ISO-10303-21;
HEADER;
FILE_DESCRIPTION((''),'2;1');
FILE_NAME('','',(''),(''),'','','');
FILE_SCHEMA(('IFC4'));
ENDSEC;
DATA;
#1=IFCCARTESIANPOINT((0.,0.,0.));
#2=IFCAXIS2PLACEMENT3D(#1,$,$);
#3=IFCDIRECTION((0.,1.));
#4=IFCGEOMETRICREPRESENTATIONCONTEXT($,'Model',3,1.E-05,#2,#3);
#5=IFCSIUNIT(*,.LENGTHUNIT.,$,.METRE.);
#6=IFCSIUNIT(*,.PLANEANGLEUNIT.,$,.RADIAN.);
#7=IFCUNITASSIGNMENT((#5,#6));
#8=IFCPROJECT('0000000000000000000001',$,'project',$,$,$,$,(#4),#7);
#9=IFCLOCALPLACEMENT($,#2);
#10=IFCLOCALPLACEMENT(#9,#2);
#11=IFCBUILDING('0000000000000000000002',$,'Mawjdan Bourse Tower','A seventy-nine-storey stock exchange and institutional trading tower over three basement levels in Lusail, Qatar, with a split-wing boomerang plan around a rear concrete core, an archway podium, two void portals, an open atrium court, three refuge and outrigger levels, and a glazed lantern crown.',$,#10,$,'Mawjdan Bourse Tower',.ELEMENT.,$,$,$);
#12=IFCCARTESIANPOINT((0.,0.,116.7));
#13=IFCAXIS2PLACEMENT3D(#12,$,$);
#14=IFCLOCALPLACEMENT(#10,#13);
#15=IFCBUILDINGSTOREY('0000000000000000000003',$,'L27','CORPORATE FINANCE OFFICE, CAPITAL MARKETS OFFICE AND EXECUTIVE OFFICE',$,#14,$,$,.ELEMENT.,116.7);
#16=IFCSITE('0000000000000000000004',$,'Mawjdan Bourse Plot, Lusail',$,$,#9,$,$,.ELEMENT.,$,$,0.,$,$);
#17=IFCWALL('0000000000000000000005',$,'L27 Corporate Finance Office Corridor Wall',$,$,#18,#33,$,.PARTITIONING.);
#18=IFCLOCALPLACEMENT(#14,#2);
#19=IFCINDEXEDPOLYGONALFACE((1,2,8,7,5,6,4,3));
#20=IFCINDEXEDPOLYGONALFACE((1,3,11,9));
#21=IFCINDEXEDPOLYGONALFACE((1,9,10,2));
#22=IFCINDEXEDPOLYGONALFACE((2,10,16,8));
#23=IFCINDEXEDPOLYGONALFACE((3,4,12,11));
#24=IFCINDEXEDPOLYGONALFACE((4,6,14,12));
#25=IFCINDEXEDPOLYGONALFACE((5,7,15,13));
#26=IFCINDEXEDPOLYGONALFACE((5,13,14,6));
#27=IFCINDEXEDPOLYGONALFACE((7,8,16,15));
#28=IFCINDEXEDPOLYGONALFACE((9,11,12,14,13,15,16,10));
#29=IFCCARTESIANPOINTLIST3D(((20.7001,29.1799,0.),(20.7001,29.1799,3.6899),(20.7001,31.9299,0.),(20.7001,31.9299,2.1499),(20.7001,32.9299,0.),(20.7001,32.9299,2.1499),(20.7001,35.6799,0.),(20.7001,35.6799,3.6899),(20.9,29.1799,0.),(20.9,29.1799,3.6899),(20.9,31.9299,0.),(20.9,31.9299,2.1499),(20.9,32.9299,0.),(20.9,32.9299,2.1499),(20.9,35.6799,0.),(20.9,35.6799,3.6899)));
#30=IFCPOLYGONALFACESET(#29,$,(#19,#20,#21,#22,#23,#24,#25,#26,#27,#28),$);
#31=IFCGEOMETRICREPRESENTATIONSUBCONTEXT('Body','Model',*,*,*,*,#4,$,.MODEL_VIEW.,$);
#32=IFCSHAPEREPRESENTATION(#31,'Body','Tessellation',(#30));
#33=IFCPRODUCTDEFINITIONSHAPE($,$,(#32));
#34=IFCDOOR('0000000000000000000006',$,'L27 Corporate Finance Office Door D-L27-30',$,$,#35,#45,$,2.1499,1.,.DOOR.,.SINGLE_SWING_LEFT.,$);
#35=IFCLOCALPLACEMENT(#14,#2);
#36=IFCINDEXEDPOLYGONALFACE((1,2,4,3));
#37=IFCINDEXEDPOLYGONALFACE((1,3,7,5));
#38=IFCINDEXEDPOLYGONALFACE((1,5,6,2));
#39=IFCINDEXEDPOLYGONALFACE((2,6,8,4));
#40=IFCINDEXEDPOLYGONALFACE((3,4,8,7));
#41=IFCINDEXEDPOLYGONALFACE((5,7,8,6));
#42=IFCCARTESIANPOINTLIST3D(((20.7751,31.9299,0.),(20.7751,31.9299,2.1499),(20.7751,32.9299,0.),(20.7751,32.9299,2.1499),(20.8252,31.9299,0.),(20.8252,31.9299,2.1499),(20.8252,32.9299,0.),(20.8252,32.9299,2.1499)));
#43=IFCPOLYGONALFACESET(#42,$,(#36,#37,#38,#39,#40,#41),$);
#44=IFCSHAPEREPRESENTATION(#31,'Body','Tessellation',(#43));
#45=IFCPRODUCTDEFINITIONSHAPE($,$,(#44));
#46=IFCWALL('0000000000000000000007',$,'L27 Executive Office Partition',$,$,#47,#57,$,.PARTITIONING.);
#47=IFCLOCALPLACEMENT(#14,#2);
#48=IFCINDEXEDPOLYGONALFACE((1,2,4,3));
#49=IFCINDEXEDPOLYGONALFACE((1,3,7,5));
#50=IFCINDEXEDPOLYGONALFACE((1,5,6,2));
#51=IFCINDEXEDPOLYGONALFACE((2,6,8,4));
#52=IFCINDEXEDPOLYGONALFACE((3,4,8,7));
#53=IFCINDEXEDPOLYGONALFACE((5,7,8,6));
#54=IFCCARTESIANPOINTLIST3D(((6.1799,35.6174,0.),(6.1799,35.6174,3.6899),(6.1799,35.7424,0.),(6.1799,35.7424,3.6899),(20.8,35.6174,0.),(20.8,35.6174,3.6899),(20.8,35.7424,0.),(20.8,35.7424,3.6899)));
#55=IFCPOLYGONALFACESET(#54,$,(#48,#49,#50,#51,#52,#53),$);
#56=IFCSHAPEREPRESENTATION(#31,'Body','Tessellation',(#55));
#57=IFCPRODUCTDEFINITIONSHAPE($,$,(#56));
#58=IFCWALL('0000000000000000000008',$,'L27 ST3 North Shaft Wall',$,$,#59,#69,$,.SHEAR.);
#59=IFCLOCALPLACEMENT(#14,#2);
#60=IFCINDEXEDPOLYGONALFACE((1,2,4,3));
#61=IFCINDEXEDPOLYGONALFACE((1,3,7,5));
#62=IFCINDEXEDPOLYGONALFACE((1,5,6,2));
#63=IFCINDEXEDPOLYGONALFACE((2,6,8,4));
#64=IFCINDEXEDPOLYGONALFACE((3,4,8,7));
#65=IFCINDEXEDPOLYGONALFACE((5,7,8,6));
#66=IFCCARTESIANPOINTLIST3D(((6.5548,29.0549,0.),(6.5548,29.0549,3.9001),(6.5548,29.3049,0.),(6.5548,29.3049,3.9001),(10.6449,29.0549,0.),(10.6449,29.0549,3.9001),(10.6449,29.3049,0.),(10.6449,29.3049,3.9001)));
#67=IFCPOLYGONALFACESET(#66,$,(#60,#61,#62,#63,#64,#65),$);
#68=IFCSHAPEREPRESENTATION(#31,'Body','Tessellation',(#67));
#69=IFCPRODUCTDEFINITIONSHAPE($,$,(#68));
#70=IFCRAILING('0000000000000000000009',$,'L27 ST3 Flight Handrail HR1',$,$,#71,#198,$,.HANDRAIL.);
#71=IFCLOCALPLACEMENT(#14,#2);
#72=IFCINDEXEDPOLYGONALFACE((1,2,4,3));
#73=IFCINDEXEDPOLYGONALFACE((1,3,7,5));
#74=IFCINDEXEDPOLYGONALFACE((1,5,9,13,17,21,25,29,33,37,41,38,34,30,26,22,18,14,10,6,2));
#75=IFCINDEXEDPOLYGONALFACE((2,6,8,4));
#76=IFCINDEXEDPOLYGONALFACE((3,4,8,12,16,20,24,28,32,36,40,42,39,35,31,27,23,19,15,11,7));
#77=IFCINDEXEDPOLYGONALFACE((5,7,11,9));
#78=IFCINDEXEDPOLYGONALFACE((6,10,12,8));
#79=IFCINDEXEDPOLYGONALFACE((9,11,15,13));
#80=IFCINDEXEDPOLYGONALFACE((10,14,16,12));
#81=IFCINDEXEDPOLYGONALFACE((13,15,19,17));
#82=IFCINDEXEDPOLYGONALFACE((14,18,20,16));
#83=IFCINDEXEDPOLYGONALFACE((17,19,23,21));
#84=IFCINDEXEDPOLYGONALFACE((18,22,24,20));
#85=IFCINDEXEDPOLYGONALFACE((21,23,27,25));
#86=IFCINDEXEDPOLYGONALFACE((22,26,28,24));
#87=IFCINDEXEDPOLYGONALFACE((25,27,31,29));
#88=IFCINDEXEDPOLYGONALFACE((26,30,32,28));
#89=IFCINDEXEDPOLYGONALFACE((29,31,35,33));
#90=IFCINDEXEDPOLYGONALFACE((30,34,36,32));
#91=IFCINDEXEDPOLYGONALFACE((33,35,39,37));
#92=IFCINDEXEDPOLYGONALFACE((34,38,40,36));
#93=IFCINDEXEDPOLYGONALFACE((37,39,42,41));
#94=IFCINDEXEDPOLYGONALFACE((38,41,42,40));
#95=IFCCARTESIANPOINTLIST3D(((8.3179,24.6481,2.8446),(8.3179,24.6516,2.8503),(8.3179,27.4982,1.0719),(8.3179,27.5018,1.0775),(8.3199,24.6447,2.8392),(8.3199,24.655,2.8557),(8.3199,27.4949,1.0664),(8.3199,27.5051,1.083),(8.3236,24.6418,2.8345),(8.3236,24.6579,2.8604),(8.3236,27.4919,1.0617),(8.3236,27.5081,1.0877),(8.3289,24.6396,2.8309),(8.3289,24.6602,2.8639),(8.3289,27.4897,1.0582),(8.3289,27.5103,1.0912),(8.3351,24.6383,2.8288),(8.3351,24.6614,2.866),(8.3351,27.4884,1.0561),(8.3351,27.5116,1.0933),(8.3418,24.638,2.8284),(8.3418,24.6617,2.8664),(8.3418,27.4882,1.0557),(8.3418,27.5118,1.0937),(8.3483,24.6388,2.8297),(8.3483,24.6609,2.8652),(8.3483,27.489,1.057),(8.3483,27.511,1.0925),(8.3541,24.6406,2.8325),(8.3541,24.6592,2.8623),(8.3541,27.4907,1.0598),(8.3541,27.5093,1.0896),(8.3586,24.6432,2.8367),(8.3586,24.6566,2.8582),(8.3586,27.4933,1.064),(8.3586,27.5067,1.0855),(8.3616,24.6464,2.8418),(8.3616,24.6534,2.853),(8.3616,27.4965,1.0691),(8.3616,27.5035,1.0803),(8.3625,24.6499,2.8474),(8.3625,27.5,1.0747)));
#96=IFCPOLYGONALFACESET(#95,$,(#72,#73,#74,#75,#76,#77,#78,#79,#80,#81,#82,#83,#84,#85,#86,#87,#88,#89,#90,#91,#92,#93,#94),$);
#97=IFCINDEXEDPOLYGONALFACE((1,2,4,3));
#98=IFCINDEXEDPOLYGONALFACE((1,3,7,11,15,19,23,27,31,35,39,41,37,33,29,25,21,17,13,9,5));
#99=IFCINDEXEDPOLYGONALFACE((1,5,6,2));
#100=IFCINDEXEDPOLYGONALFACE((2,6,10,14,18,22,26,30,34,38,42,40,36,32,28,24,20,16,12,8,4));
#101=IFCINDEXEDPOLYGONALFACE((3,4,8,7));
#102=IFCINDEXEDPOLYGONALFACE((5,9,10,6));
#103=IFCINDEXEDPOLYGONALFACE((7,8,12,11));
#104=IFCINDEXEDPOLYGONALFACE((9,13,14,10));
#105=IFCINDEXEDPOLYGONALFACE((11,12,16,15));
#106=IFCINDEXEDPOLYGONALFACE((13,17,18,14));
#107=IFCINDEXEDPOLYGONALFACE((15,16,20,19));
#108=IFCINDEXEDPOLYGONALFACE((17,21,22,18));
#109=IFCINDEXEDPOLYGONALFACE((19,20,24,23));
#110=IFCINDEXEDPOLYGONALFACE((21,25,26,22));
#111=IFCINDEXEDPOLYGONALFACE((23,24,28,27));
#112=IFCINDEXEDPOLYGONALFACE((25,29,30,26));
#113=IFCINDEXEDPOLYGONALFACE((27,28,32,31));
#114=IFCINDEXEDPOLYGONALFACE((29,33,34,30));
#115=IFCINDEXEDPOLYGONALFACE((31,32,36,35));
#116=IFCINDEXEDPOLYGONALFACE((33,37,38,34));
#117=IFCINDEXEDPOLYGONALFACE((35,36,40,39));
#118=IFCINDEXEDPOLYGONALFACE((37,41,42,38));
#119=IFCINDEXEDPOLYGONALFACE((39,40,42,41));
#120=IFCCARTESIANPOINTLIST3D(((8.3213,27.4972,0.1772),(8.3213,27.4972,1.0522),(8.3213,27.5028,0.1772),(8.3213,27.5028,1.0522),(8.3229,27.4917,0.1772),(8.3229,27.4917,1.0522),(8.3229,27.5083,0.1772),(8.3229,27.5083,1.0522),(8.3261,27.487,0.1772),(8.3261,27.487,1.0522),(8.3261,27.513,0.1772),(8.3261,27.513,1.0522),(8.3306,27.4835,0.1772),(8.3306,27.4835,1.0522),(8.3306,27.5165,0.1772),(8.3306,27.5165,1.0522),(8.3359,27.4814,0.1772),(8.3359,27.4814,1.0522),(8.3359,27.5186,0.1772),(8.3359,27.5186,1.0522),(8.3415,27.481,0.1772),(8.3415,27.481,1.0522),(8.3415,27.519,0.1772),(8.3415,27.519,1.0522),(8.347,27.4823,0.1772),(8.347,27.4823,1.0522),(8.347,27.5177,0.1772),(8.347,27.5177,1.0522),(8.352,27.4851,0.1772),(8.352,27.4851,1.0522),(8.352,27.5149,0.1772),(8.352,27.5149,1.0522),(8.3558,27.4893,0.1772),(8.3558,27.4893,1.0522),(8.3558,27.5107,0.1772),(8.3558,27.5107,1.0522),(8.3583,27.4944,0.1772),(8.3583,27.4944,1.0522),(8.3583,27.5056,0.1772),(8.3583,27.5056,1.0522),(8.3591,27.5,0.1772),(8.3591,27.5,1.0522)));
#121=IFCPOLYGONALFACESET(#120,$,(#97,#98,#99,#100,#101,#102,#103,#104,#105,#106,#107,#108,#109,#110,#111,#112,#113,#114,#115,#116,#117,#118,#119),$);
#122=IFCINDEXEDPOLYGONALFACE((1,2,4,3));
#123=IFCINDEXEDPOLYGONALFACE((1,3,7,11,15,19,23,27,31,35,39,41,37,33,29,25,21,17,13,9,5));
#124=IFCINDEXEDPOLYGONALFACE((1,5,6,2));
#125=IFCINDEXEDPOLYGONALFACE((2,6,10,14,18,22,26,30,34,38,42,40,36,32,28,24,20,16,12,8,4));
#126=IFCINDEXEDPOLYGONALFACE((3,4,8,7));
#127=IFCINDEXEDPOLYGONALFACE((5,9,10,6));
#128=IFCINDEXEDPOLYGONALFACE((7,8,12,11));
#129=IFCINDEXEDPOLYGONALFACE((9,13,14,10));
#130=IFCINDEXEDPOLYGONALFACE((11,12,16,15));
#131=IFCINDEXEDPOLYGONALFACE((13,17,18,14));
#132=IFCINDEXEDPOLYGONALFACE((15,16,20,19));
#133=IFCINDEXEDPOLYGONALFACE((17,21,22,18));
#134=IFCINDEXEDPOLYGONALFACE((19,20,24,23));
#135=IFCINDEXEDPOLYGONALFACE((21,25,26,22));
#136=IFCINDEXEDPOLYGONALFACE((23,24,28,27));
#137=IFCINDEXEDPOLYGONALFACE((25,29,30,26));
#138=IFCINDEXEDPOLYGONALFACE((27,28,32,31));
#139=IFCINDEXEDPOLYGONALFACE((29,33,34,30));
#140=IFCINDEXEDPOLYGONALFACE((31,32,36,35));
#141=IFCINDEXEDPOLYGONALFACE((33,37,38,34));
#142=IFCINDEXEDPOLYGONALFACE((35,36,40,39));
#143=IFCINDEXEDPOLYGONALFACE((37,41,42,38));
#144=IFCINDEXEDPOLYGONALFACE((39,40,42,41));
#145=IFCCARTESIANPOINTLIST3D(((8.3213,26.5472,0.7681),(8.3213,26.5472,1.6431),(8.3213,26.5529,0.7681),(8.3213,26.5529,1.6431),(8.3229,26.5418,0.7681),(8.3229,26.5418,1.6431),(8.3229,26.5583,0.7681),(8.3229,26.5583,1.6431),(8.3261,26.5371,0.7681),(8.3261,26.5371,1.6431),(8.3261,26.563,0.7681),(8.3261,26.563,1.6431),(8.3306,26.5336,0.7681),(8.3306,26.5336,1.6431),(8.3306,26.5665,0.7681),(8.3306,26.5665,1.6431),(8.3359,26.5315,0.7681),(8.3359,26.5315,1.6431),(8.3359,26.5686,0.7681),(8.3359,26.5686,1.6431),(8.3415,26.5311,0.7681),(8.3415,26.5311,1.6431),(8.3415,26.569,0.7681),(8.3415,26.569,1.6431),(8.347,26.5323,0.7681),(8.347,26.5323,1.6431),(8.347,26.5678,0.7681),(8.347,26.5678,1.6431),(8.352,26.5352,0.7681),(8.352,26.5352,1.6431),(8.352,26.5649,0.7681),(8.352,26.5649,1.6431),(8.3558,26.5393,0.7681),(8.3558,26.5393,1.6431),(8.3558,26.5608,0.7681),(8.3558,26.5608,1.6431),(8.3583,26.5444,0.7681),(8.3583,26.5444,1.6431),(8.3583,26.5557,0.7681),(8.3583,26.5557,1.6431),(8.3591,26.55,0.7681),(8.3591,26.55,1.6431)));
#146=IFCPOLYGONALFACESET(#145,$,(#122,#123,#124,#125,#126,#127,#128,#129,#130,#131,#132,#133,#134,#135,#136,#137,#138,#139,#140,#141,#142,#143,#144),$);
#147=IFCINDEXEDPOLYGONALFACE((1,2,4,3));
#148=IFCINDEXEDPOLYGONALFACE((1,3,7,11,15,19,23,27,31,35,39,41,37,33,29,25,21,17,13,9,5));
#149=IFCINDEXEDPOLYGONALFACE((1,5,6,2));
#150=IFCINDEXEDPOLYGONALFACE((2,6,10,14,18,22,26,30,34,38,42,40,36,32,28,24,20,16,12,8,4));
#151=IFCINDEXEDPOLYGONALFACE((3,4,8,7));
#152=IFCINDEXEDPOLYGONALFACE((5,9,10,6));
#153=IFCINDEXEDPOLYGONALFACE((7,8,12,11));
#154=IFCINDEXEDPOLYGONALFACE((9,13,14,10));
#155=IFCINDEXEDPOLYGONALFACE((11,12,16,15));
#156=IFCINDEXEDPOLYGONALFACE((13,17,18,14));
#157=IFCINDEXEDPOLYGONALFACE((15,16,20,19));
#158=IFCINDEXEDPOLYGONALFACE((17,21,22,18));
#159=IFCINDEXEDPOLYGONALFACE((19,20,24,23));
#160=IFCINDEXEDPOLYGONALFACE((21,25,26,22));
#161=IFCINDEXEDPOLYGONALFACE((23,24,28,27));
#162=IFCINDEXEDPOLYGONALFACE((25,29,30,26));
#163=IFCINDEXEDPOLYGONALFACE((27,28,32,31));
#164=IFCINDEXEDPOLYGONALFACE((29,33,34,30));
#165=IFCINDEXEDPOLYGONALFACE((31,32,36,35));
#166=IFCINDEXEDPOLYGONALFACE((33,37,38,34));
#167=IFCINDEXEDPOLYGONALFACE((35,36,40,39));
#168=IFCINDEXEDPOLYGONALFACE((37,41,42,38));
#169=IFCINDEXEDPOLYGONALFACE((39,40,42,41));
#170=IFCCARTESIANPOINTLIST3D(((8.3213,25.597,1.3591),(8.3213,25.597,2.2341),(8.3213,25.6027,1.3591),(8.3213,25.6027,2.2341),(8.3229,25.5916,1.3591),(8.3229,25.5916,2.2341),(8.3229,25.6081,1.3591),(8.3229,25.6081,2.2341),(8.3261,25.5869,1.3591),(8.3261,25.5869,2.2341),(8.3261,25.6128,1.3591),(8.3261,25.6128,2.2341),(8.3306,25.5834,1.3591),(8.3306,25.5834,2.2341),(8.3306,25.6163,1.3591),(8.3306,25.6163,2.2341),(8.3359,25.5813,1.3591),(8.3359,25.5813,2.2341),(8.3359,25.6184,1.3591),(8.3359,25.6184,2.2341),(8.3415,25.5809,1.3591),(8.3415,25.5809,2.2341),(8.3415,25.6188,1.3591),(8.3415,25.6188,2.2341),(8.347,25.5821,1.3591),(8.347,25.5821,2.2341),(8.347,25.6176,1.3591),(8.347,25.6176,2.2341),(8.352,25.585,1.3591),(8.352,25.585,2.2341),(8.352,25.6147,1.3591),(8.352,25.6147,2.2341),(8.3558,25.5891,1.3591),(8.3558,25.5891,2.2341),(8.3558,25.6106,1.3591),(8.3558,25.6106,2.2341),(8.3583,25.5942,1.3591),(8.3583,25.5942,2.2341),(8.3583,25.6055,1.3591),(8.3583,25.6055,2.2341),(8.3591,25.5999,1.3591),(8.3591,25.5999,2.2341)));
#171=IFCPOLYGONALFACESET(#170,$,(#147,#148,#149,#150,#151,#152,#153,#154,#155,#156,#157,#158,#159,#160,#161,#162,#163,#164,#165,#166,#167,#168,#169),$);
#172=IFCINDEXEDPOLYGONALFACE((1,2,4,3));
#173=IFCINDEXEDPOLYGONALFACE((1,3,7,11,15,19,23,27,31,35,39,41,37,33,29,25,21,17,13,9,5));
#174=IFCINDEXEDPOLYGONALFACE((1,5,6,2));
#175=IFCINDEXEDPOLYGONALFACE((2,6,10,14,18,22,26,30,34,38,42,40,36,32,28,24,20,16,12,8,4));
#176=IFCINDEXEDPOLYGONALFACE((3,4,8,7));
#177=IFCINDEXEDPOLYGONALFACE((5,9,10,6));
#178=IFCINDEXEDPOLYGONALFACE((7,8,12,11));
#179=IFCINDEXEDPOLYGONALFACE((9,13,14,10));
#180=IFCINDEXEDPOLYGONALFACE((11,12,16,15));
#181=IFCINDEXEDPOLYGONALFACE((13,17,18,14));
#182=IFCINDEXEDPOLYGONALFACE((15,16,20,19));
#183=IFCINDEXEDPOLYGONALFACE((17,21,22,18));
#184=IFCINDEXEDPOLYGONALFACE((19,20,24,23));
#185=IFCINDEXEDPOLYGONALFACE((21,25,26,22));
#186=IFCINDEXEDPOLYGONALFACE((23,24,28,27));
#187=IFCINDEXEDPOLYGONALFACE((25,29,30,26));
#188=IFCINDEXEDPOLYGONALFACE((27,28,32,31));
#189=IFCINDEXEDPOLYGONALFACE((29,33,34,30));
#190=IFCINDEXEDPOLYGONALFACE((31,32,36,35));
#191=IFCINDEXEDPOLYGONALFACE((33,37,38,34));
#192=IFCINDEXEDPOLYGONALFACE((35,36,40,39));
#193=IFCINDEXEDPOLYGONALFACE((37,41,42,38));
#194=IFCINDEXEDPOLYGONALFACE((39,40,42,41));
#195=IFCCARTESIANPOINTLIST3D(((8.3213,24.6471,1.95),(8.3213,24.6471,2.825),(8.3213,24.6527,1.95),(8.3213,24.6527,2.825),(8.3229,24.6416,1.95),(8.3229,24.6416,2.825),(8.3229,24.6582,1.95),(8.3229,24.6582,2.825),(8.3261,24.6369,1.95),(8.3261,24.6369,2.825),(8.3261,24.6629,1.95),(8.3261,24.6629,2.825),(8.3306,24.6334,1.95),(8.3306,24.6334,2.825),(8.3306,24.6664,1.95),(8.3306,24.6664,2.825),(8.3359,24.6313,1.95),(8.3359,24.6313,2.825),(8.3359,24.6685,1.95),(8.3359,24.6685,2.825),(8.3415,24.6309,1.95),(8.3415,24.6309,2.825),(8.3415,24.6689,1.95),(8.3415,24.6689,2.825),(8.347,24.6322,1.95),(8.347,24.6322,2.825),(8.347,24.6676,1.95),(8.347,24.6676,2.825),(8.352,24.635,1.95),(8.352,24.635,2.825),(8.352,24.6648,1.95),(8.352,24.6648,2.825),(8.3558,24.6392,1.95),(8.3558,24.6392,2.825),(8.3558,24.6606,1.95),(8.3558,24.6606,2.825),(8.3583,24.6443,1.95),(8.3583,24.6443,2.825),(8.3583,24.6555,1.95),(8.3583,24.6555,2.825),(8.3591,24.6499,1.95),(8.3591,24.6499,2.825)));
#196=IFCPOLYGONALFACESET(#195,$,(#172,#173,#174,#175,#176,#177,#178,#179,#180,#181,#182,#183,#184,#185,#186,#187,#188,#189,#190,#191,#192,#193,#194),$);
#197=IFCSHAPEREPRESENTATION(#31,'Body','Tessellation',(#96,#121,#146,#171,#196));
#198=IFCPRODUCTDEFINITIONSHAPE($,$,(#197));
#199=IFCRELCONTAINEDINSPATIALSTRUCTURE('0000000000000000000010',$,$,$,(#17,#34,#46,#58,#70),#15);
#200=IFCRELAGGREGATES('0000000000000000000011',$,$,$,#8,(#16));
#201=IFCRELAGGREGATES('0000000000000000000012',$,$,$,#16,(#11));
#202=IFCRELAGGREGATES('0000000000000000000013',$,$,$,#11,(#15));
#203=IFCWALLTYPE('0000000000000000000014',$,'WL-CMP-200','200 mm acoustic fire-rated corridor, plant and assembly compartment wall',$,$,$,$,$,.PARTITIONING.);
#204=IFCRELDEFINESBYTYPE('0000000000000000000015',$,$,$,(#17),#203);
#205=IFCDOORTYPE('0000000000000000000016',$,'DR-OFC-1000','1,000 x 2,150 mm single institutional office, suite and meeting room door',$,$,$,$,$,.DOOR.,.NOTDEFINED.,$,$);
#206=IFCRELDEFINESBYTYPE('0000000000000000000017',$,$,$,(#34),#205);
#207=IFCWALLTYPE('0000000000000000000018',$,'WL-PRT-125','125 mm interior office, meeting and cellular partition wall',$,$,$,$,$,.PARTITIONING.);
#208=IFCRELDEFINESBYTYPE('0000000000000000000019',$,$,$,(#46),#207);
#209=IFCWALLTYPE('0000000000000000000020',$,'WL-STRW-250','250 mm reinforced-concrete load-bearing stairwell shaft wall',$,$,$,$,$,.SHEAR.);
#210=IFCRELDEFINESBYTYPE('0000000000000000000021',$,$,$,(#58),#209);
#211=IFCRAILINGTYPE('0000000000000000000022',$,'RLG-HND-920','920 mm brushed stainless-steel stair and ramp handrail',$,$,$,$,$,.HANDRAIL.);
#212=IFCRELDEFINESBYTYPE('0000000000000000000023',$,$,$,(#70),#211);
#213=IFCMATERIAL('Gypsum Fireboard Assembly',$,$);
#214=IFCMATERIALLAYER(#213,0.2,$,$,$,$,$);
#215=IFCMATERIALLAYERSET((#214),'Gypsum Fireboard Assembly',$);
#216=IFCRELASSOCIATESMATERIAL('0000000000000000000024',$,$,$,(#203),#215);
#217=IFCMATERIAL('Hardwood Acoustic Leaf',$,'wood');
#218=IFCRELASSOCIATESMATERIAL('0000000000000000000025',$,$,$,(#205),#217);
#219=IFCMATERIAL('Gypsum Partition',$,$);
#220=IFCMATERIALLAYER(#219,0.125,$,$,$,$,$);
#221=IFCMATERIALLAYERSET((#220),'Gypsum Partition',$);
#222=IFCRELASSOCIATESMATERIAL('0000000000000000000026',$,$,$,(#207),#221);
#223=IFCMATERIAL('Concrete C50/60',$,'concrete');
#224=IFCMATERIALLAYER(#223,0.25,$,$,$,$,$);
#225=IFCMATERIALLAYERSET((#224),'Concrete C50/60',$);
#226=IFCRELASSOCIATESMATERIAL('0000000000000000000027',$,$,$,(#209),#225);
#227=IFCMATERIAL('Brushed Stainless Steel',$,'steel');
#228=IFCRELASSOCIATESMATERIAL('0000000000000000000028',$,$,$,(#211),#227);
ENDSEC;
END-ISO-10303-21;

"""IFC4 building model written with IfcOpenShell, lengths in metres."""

from ifc_helpers import new_model, si_unit, direction, frame, frame_2d, origin, origin_2d, place, context, subcontext, project, spatial, rectangle, circle, extrude, material, layer, layer_set, type_object, element, fill, save


model = new_model("IFC4")

# Units and contexts
model_context = context("Model", 3, precision=1e-05, world=origin(), true_north=direction((0.0, 1.0)))
body_context = subcontext(model_context, "Body", "Model", "MODEL_VIEW")
ifc_project = project(units=[si_unit("LENGTHUNIT", "METRE"), si_unit("PLANEANGLEUNIT", "RADIAN")], contexts=[model_context])

# Site, building, storey
site_placement = place(None, origin())
site = spatial("IfcSite", under=ifc_project, at=site_placement, Name="Mawjdan Bourse Plot, Lusail", CompositionType="ELEMENT", RefElevation=0.0)
building_placement = place(site_placement, origin())
building = spatial("IfcBuilding", under=site, at=building_placement, Name="Mawjdan Bourse Tower", Description="A seventy-nine-storey stock exchange and institutional trading tower over three basement levels in Lusail, Qatar, with a split-wing boomerang plan around a rear concrete core, an archway podium, two void portals, an open atrium court, three refuge and outrigger levels, and a glazed lantern crown.", LongName="Mawjdan Bourse Tower", CompositionType="ELEMENT")
storey_placement = place(building_placement, frame((0.0, 0.0, 116.7)))
storey = spatial("IfcBuildingStorey", under=building, at=storey_placement, Name="L27", Description="CORPORATE FINANCE OFFICE, CAPITAL MARKETS OFFICE AND EXECUTIVE OFFICE", CompositionType="ELEMENT", Elevation=116.7)

# Shared definitions
ifc_material_1 = material(Name="Gypsum Fireboard Assembly")
ifc_layer_1 = layer(ifc_material_1, 0.2)
ifc_layer_set_1 = layer_set([ifc_layer_1], Name="Gypsum Fireboard Assembly")
wall_type_1 = type_object("IfcWallType", Name="WL-CMP-200", Description="200 mm acoustic fire-rated corridor, plant and assembly compartment wall", PredefinedType="PARTITIONING", material=ifc_layer_set_1)

# Wall, opening, door
wall_1_placement = place(storey_placement, frame((20.8, 29.1799, 0.0), z_axis=(0.0, 0.0, 1.0), x_axis=(0.0, 1.0, 0.0)))
wall_1 = element("IfcWall", 1, at=wall_1_placement, inside=storey, type_object=wall_type_1, Name="L27 Corporate Finance Office Corridor Wall", PredefinedType="PARTITIONING", context=body_context, shape_type="SweptSolid", body=[
    extrude(rectangle(XDim=6.5, YDim=0.2, at=frame_2d((3.25, 0.0))), origin(), (0.0, 0.0, 1.0), 3.6899),
])
opening_1_placement = place(wall_1_placement, frame((2.75, 0.0, 0.0)))
opening_1 = element("IfcOpeningElement", 2, at=opening_1_placement, cuts=wall_1, PredefinedType="OPENING", context=body_context, shape_type="SweptSolid", body=[
    extrude(rectangle(XDim=1.0, YDim=2.1499, at=frame_2d((0.5, 1.075))), frame((0.0, 0.1099, 0.0), z_axis=(0.0, -1.0, 0.0), x_axis=(1.0, 0.0, 0.0)), (0.0, 0.0, 1.0), 0.22),
])
ifc_material_2 = material(Name="Hardwood Acoustic Leaf", Category="wood")
door_type = type_object("IfcDoorType", Name="DR-OFC-1000", Description="1,000 x 2,150 mm single institutional office, suite and meeting room door", OperationType="NOTDEFINED", PredefinedType="DOOR", material=ifc_material_2)
door_1_placement = place(opening_1_placement, origin())
door_1 = element("IfcDoor", 3, at=door_1_placement, inside=storey, type_object=door_type, Name="L27 Corporate Finance Office Door D-L27-30", OperationType="SINGLE_SWING_LEFT", OverallHeight=2.1499, OverallWidth=1.0, PredefinedType="DOOR", context=body_context, shape_type="SweptSolid", body=[
    extrude(rectangle(XDim=1.0, YDim=2.1499, at=frame_2d((0.5, 1.075))), frame((0.0, 0.0249, 0.0), z_axis=(0.0, -1.0, 0.0), x_axis=(1.0, 0.0, 0.0)), (0.0, 0.0, 1.0), 0.05),
])
fill(opening_1, door_1)

# Walls
ifc_material_3 = material(Name="Gypsum Partition")
ifc_layer_2 = layer(ifc_material_3, 0.125)
ifc_layer_set_2 = layer_set([ifc_layer_2], Name="Gypsum Partition")
wall_type_2 = type_object("IfcWallType", Name="WL-PRT-125", Description="125 mm interior office, meeting and cellular partition wall", PredefinedType="PARTITIONING", material=ifc_layer_set_2)
wall_2_placement = place(storey_placement, frame((6.1799, 35.6799, 0.0), z_axis=(0.0, 0.0, 1.0), x_axis=(1.0, 0.0, 0.0)))
element("IfcWall", 4, at=wall_2_placement, inside=storey, type_object=wall_type_2, Name="L27 Executive Office Partition", PredefinedType="PARTITIONING", context=body_context, shape_type="SweptSolid", body=[
    extrude(rectangle(XDim=14.6201, YDim=0.125, at=frame_2d((7.3101, 0.0))), origin(), (0.0, 0.0, 1.0), 3.6899),
])
ifc_material_4 = material(Name="Concrete C50/60", Category="concrete")
ifc_layer_3 = layer(ifc_material_4, 0.25)
ifc_layer_set_3 = layer_set([ifc_layer_3], Name="Concrete C50/60")
wall_type_3 = type_object("IfcWallType", Name="WL-STRW-250", Description="250 mm reinforced-concrete load-bearing stairwell shaft wall", PredefinedType="SHEAR", material=ifc_layer_set_3)
wall_3_placement = place(storey_placement, frame((6.5549, 29.1799, 0.0), z_axis=(0.0, 0.0, 1.0), x_axis=(1.0, 0.0, 0.0)))
element("IfcWall", 5, at=wall_3_placement, inside=storey, type_object=wall_type_3, Name="L27 ST3 North Shaft Wall", PredefinedType="SHEAR", context=body_context, shape_type="SweptSolid", body=[
    extrude(rectangle(XDim=4.0901, YDim=0.25, at=frame_2d((2.0449, 0.0))), origin(), (0.0, 0.0, 1.0), 3.9001),
])

# Railing
ifc_material_5 = material(Name="Brushed Stainless Steel", Category="steel")
railing_type = type_object("IfcRailingType", Name="RLG-HND-920", Description="920 mm brushed stainless-steel stair and ramp handrail", PredefinedType="HANDRAIL", material=ifc_material_5)
railing_placement = place(storey_placement, frame((8.3401, 27.5, 0.1772)))
element("IfcRailing", 6, at=railing_placement, inside=storey, type_object=railing_type, Name="L27 ST3 Flight Handrail HR1", PredefinedType="HANDRAIL", context=body_context, shape_type="SweptSolid", body=[
    extrude(circle(Radius=0.0225, at=origin_2d()), frame((0.0, 0.0, 0.8975), z_axis=(0.0, -0.849149, 0.528154), x_axis=(1.0, 0.0, 0.0)), (0.0, 0.0, 1.0), 3.3564),
    extrude(circle(Radius=0.019, at=origin_2d()), origin(), (0.0, 0.0, 1.0), 0.875),
    extrude(circle(Radius=0.019, at=origin_2d()), frame((0.0, -0.95, 0.5908)), (0.0, 0.0, 1.0), 0.875),
    extrude(circle(Radius=0.019, at=origin_2d()), frame((0.0, -1.9001, 1.1819)), (0.0, 0.0, 1.0), 0.875),
    extrude(circle(Radius=0.019, at=origin_2d()), frame((0.0, -2.8501, 1.7727)), (0.0, 0.0, 1.0), 0.875),
])

save(model, "model.ifc")
